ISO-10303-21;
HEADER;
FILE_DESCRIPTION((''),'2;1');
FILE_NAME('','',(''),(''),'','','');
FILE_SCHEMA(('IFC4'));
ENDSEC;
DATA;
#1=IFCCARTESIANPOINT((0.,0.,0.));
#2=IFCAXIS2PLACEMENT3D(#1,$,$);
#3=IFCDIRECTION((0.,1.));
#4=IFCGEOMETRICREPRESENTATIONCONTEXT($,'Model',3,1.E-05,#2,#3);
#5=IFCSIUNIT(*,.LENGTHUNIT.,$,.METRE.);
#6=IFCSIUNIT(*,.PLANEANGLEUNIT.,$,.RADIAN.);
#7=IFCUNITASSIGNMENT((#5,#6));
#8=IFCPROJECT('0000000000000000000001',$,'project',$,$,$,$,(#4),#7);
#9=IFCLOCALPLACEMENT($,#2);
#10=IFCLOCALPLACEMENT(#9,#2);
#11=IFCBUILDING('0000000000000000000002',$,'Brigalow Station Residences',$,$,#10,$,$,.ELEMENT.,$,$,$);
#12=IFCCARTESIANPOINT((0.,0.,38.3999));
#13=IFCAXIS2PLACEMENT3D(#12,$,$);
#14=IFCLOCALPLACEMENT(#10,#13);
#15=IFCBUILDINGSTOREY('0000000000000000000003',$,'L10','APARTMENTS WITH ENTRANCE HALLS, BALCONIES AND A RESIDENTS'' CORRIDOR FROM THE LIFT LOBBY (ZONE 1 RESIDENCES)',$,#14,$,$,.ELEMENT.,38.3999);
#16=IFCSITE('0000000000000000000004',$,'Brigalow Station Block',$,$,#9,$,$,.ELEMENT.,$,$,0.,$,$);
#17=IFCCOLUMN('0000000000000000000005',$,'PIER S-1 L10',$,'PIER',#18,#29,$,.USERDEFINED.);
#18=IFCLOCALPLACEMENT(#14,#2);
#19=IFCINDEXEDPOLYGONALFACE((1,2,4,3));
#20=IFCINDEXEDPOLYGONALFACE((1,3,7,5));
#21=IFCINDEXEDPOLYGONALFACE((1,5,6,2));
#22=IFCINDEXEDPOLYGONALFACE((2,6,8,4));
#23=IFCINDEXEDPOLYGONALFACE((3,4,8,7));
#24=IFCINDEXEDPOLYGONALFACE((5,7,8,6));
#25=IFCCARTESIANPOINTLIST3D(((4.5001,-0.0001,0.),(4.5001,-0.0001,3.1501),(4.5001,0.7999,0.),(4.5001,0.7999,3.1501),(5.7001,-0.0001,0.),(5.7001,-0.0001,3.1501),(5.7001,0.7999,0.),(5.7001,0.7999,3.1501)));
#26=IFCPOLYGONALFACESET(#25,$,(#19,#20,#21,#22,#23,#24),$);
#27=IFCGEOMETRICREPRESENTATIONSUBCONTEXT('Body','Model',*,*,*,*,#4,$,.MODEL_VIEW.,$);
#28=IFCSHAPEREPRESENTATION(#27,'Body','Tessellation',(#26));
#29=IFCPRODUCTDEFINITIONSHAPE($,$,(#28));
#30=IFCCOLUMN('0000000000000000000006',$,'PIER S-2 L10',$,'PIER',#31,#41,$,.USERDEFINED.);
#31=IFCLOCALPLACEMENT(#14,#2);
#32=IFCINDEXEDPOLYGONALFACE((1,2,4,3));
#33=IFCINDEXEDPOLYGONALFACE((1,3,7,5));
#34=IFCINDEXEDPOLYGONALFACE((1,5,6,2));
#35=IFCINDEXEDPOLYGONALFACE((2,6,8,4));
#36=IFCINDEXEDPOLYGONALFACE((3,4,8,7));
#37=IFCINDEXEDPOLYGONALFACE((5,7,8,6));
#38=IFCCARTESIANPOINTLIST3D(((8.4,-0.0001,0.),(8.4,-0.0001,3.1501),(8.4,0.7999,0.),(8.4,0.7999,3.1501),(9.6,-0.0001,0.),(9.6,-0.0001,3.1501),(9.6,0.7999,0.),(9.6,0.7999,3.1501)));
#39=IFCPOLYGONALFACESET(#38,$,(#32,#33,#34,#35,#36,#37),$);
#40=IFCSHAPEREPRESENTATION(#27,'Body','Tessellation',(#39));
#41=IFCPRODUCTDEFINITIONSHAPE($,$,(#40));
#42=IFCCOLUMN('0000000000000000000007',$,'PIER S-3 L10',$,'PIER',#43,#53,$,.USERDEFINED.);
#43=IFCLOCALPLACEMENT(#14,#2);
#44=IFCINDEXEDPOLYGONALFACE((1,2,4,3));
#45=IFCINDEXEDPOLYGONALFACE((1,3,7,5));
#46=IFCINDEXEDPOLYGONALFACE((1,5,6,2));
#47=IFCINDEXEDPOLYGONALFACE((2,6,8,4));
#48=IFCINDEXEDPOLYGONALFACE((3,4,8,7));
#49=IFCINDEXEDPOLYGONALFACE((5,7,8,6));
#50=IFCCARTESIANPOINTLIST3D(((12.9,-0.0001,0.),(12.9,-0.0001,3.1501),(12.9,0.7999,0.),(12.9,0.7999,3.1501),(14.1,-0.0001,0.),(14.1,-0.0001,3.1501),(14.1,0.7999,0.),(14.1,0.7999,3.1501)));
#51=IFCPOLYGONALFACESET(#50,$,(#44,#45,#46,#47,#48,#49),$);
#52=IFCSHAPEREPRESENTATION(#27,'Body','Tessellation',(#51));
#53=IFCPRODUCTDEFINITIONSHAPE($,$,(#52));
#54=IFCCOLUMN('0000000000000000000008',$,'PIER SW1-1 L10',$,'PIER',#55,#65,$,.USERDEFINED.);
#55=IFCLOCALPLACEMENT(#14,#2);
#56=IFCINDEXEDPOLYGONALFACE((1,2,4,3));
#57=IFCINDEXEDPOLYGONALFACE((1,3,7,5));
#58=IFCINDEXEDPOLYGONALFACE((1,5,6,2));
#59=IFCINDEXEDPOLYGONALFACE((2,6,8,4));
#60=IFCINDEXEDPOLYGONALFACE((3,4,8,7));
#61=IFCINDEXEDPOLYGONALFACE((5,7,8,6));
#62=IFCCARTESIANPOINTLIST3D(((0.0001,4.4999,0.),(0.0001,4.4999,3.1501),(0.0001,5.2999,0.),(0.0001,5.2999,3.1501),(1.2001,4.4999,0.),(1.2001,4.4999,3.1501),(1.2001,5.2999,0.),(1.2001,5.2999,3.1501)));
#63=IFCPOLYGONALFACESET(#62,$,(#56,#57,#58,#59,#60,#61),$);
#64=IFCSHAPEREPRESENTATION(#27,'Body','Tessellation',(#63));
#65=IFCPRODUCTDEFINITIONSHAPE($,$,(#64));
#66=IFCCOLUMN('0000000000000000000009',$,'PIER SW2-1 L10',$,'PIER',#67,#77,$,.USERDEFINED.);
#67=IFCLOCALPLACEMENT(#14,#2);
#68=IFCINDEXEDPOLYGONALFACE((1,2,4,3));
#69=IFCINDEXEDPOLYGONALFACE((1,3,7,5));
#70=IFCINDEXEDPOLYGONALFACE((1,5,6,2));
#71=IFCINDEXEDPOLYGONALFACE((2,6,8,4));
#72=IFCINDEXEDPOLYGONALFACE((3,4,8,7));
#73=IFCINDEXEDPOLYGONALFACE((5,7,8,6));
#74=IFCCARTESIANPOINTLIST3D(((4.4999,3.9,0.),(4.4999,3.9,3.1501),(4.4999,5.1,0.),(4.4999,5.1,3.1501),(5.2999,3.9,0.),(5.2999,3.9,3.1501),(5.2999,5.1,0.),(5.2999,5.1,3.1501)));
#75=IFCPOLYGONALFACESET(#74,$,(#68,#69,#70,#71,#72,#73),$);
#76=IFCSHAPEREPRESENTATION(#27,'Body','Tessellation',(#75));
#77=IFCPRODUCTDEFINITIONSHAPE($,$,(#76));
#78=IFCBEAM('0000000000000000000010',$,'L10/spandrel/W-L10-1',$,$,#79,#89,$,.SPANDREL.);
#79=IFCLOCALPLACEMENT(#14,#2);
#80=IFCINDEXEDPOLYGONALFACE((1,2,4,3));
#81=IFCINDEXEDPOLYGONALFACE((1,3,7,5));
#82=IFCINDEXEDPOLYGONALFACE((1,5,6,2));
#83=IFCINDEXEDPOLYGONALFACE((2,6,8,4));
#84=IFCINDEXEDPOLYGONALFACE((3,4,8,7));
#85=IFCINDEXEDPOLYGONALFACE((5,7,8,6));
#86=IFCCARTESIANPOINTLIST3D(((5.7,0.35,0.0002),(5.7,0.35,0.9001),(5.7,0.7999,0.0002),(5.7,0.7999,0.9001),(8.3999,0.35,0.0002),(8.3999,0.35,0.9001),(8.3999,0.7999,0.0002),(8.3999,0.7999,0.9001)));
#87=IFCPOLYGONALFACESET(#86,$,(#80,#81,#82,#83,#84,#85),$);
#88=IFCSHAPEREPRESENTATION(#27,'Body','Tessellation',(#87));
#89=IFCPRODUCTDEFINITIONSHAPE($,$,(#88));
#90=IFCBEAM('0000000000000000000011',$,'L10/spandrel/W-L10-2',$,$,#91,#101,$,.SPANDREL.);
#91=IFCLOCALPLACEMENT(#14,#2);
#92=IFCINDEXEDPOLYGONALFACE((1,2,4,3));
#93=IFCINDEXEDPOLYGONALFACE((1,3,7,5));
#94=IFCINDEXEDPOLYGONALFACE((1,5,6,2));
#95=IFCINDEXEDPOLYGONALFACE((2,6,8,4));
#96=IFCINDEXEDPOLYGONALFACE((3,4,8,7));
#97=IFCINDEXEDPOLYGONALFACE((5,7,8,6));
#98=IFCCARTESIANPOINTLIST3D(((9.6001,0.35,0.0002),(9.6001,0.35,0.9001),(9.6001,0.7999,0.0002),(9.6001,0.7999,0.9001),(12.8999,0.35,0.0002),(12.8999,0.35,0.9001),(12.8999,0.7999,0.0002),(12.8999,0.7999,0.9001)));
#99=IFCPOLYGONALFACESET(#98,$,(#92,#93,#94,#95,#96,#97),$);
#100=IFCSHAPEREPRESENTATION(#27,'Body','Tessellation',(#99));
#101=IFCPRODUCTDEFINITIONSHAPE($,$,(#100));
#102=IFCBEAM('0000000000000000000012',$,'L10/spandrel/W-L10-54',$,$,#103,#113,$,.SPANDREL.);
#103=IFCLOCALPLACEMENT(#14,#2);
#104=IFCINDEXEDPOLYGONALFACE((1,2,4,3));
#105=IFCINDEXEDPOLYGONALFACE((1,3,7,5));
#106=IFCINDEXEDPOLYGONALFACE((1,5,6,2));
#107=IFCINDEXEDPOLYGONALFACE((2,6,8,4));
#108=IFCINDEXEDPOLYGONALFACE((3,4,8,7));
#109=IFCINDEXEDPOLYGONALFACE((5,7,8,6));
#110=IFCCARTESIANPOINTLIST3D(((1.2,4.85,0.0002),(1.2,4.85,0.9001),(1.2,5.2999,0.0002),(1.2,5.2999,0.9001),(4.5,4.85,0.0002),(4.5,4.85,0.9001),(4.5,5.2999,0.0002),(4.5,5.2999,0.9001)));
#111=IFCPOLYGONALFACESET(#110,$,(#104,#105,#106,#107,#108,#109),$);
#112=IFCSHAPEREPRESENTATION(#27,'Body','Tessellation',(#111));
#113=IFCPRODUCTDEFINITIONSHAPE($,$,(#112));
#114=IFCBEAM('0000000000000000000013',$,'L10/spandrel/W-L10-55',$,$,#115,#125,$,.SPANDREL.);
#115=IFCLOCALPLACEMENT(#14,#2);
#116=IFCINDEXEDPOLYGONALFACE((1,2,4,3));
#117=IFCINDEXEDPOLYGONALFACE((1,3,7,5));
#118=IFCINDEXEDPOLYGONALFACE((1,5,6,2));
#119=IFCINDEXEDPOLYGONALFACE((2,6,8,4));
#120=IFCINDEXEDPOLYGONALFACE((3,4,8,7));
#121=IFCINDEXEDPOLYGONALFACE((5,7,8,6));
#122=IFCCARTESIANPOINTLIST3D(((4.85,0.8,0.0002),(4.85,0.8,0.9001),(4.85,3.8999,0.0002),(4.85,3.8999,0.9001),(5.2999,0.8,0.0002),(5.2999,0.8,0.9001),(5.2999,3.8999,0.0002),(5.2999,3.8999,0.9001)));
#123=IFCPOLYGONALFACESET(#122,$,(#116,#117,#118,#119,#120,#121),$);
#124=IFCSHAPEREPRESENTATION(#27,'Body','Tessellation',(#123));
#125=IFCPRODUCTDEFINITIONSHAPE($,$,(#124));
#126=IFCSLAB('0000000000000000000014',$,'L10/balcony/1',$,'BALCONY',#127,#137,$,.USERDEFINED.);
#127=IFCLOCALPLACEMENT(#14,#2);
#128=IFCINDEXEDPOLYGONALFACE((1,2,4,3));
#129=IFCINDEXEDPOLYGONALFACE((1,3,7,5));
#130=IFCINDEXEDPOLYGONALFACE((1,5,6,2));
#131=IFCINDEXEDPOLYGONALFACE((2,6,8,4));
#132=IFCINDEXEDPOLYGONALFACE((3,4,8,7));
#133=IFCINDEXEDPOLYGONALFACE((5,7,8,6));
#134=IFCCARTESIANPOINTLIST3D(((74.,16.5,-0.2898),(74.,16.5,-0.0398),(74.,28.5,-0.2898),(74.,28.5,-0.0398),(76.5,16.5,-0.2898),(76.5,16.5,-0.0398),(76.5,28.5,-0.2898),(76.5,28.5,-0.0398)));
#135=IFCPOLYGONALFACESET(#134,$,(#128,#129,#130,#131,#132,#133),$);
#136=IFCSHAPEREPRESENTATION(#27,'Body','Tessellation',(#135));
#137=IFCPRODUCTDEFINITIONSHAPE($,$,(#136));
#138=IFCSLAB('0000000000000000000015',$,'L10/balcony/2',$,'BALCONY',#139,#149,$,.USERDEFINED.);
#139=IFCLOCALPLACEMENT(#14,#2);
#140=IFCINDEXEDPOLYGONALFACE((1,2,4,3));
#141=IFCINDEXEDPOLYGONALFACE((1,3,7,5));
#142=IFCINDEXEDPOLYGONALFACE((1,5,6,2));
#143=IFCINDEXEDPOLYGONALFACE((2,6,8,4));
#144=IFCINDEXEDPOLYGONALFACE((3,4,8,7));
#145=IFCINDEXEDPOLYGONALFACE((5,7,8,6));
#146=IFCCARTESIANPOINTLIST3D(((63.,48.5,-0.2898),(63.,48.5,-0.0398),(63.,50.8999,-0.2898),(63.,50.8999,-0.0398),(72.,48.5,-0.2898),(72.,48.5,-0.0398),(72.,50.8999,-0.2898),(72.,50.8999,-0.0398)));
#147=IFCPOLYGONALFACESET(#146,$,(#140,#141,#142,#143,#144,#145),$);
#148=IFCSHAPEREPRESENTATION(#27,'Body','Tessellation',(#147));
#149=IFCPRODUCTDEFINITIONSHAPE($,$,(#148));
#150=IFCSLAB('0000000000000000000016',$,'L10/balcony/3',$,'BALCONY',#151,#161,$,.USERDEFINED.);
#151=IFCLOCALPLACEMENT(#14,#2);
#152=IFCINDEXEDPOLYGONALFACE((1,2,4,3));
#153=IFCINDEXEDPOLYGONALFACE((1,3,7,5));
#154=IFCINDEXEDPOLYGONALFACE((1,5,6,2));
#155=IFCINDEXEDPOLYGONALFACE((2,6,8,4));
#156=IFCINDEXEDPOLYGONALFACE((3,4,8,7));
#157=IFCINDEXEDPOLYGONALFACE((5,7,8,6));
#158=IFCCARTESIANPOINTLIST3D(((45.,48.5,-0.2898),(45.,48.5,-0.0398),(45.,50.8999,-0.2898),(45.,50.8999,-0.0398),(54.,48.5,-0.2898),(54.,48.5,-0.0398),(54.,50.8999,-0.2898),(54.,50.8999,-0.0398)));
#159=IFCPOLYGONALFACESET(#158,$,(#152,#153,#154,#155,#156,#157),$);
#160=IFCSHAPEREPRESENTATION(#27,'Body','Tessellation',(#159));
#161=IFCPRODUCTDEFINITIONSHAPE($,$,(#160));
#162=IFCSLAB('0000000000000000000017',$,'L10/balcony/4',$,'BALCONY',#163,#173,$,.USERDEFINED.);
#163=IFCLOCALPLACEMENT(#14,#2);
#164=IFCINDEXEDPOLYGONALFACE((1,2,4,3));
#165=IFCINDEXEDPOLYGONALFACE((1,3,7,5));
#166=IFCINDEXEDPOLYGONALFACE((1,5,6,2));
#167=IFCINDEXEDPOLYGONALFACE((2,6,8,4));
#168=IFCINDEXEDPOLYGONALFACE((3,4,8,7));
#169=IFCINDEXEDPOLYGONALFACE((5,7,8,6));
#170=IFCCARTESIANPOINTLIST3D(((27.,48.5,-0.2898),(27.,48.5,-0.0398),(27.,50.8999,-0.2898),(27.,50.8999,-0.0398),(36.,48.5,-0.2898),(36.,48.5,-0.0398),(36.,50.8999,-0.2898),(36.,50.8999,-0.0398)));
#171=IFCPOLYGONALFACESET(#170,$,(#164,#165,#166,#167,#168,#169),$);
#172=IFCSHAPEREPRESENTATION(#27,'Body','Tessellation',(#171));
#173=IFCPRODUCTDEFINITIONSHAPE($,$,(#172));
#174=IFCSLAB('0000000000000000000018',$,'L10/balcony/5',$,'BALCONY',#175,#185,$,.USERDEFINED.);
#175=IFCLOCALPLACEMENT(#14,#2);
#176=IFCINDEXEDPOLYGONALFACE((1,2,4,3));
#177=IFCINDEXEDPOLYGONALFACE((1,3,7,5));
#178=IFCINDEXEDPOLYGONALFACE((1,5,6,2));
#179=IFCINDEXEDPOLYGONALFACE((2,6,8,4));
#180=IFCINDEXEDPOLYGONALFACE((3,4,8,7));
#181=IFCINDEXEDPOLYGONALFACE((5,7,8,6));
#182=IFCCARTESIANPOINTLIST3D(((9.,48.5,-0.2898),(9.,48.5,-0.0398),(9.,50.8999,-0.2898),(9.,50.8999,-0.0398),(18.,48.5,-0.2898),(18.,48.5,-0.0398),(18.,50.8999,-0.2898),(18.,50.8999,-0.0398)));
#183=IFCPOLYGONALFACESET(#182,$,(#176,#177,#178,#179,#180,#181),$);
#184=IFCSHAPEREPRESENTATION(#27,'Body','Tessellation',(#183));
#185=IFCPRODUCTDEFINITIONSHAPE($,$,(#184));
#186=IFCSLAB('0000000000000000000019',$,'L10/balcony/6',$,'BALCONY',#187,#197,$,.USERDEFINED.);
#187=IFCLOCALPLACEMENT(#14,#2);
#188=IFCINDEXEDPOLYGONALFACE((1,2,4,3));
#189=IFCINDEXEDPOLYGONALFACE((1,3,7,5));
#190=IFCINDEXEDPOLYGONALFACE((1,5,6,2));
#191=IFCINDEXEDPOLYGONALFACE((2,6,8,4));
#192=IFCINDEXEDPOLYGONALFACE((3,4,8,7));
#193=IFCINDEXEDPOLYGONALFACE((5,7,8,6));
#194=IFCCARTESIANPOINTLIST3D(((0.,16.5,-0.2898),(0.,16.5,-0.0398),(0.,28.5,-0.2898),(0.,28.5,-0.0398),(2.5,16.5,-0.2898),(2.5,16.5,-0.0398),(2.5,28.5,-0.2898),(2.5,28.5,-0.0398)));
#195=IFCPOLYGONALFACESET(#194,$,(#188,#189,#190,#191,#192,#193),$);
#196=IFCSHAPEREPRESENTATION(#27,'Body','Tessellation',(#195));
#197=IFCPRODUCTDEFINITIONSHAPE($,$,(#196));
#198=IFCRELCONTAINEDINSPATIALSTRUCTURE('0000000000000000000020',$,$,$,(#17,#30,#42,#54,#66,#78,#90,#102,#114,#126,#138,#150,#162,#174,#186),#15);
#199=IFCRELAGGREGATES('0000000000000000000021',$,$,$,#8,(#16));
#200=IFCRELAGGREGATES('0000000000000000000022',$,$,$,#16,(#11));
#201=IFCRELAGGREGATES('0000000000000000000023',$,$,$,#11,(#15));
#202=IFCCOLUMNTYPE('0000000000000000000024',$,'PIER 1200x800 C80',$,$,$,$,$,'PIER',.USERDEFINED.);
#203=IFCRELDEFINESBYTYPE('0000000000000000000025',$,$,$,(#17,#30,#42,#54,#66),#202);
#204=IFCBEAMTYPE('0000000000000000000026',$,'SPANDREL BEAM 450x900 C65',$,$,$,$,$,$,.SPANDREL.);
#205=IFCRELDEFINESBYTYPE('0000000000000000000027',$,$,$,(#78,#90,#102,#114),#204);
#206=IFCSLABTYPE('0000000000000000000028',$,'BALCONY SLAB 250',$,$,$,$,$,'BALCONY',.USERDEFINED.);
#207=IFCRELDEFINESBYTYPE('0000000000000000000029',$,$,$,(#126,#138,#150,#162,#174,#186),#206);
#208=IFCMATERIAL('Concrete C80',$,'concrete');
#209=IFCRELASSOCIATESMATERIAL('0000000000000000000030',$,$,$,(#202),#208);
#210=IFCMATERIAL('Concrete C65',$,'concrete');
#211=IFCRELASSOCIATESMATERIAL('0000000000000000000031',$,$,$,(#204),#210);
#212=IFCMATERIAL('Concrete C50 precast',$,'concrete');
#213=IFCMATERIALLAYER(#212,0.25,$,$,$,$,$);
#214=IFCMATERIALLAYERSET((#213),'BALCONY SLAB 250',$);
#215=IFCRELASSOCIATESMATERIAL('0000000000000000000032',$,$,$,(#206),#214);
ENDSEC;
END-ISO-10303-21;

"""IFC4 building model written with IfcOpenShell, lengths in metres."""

from ifc_helpers import new_model, si_unit, direction, frame, origin, origin_2d, place, context, subcontext, project, spatial, polyline, rectangle, outline, extrude, material, layer, layer_set, material_profile, profile_set, type_object, element, save


model = new_model("IFC4")

# Units and contexts
model_context = context("Model", 3, precision=1e-05, world=origin(), true_north=direction((0.0, 1.0)))
body_context = subcontext(model_context, "Body", "Model", "MODEL_VIEW")
ifc_project = project(units=[si_unit("LENGTHUNIT", "METRE"), si_unit("PLANEANGLEUNIT", "RADIAN")], contexts=[model_context])

# Site, building, storey
site_placement = place(None, origin())
site = spatial("IfcSite", under=ifc_project, at=site_placement, Name="Brigalow Station Block", CompositionType="ELEMENT", RefElevation=0.0)
building_placement = place(site_placement, origin())
building = spatial("IfcBuilding", under=site, at=building_placement, Name="Brigalow Station Residences", CompositionType="ELEMENT")
storey_placement = place(building_placement, frame((0.0, 0.0, 38.3999)))
storey = spatial("IfcBuildingStorey", under=building, at=storey_placement, Name="L10", Description="APARTMENTS WITH ENTRANCE HALLS, BALCONIES AND A RESIDENTS' CORRIDOR FROM THE LIFT LOBBY (ZONE 1 RESIDENCES)", CompositionType="ELEMENT", Elevation=38.3999)

# Columns
ifc_material_1 = material(Name="Concrete C80", Category="concrete")
ifc_material_profile_1 = material_profile(ifc_material_1, rectangle(XDim=1.2, YDim=0.8, at=origin_2d()), Name="RC1200x800")
ifc_profile_set_1 = profile_set([ifc_material_profile_1], Name="Concrete C80")
column_type = type_object("IfcColumnType", Name="PIER 1200x800 C80", ElementType="PIER", PredefinedType="USERDEFINED", material=ifc_profile_set_1)
for number, where, z_axis, x_axis, name in (
    (1, (5.1001, 0.3999, 0.0), (0.0, 0.0, 1.0), (1.0, 0.0, 0.0), "PIER S-1 L10"),
    (2, (9.0, 0.3999, 0.0), (0.0, 0.0, 1.0), (1.0, 0.0, 0.0), "PIER S-2 L10"),
    (3, (13.5, 0.3999, 0.0), (0.0, 0.0, 1.0), (1.0, 0.0, 0.0), "PIER S-3 L10"),
    (4, (0.6001, 4.8999, 0.0), (0.0, 0.0, 1.0), (1.0, 0.0, 0.0), "PIER SW1-1 L10"),
    (5, (4.8999, 4.5, 0.0), (0.0, 0.0, 1.0), (0.0, -1.0, 0.0), "PIER SW2-1 L10"),
):
    element("IfcColumn", number, at=place(storey_placement, frame(where, z_axis=z_axis, x_axis=x_axis)), inside=storey, type_object=column_type, Name=name, ObjectType="PIER", PredefinedType="USERDEFINED", context=body_context, shape_type="SweptSolid", body=[
        extrude(rectangle(XDim=1.2, YDim=0.8, at=origin_2d()), origin(), (0.0, 0.0, 1.0), 3.1501),
    ])

# Beams
ifc_material_2 = material(Name="Concrete C65", Category="concrete")
ifc_material_profile_2 = material_profile(ifc_material_2, rectangle(XDim=0.45, YDim=0.8999, at=origin_2d()), Name="RC450x900")
ifc_profile_set_2 = profile_set([ifc_material_profile_2], Name="Concrete C65")
beam_type = type_object("IfcBeamType", Name="SPANDREL BEAM 450x900 C65", PredefinedType="SPANDREL", material=ifc_profile_set_2)
beam_1_placement = place(storey_placement, frame((5.7, 0.575, 0.4502), z_axis=(1.0, 0.0, 0.0), x_axis=(0.0, 1.0, 0.0)))
element("IfcBeam", 6, at=beam_1_placement, inside=storey, type_object=beam_type, Name="L10/spandrel/W-L10-1", PredefinedType="SPANDREL", context=body_context, shape_type="SweptSolid", body=[
    extrude(rectangle(XDim=0.45, YDim=0.8999, at=origin_2d()), origin(), (0.0, 0.0, 1.0), 2.7),
])
beam_2_placement = place(storey_placement, frame((9.6001, 0.575, 0.4502), z_axis=(1.0, 0.0, 0.0), x_axis=(0.0, 1.0, 0.0)))
element("IfcBeam", 7, at=beam_2_placement, inside=storey, type_object=beam_type, Name="L10/spandrel/W-L10-2", PredefinedType="SPANDREL", context=body_context, shape_type="SweptSolid", body=[
    extrude(rectangle(XDim=0.45, YDim=0.8999, at=origin_2d()), origin(), (0.0, 0.0, 1.0), 3.2998),
])
beam_3_placement = place(storey_placement, frame((1.2, 5.075, 0.4502), z_axis=(1.0, 0.0, 0.0), x_axis=(0.0, 1.0, 0.0)))
element("IfcBeam", 8, at=beam_3_placement, inside=storey, type_object=beam_type, Name="L10/spandrel/W-L10-54", PredefinedType="SPANDREL", context=body_context, shape_type="SweptSolid", body=[
    extrude(rectangle(XDim=0.45, YDim=0.8999, at=origin_2d()), origin(), (0.0, 0.0, 1.0), 3.3),
])
beam_4_placement = place(storey_placement, frame((5.075, 3.8999, 0.4502), z_axis=(0.0, -1.0, 0.0), x_axis=(1.0, 0.0, 0.0)))
element("IfcBeam", 9, at=beam_4_placement, inside=storey, type_object=beam_type, Name="L10/spandrel/W-L10-55", PredefinedType="SPANDREL", context=body_context, shape_type="SweptSolid", body=[
    extrude(rectangle(XDim=0.45, YDim=0.8999, at=origin_2d()), origin(), (0.0, 0.0, 1.0), 3.0999),
])

# Slabs
ifc_material_3 = material(Name="Concrete C50 precast", Category="concrete")
ifc_layer_1 = layer(ifc_material_3, 0.25)
ifc_layer_set_1 = layer_set([ifc_layer_1], Name="BALCONY SLAB 250")
slab_type_1 = type_object("IfcSlabType", Name="BALCONY SLAB 250", ElementType="BALCONY", PredefinedType="USERDEFINED", material=ifc_layer_set_1)
slab_1_placement = place(storey_placement, frame((0.0, 0.0, -0.2898)))
element("IfcSlab", 10, at=slab_1_placement, inside=storey, type_object=slab_type_1, Name="L10/balcony/1", ObjectType="BALCONY", PredefinedType="USERDEFINED", context=body_context, shape_type="SweptSolid", body=[
    extrude(outline(polyline([(74.0, 16.5), (76.5, 16.5), (76.5, 28.5), (74.0, 28.5), (74.0, 16.5)])), origin(), (0.0, 0.0, 1.0), 0.25),
])
slab_2_placement = place(storey_placement, frame((0.0, 0.0, -0.2898)))
element("IfcSlab", 11, at=slab_2_placement, inside=storey, type_object=slab_type_1, Name="L10/balcony/2", ObjectType="BALCONY", PredefinedType="USERDEFINED", context=body_context, shape_type="SweptSolid", body=[
    extrude(outline(polyline([(72.0, 48.5), (72.0, 50.8999), (63.0, 50.8999), (63.0, 48.5), (72.0, 48.5)])), origin(), (0.0, 0.0, 1.0), 0.25),
])
slab_3_placement = place(storey_placement, frame((0.0, 0.0, -0.2898)))
element("IfcSlab", 12, at=slab_3_placement, inside=storey, type_object=slab_type_1, Name="L10/balcony/3", ObjectType="BALCONY", PredefinedType="USERDEFINED", context=body_context, shape_type="SweptSolid", body=[
    extrude(outline(polyline([(54.0, 48.5), (54.0, 50.8999), (45.0, 50.8999), (45.0, 48.5), (54.0, 48.5)])), origin(), (0.0, 0.0, 1.0), 0.25),
])
slab_4_placement = place(storey_placement, frame((0.0, 0.0, -0.2898)))
element("IfcSlab", 13, at=slab_4_placement, inside=storey, type_object=slab_type_1, Name="L10/balcony/4", ObjectType="BALCONY", PredefinedType="USERDEFINED", context=body_context, shape_type="SweptSolid", body=[
    extrude(outline(polyline([(36.0, 48.5), (36.0, 50.8999), (27.0, 50.8999), (27.0, 48.5), (36.0, 48.5)])), origin(), (0.0, 0.0, 1.0), 0.25),
])
slab_5_placement = place(storey_placement, frame((0.0, 0.0, -0.2898)))
element("IfcSlab", 14, at=slab_5_placement, inside=storey, type_object=slab_type_1, Name="L10/balcony/5", ObjectType="BALCONY", PredefinedType="USERDEFINED", context=body_context, shape_type="SweptSolid", body=[
    extrude(outline(polyline([(18.0, 48.5), (18.0, 50.8999), (9.0, 50.8999), (9.0, 48.5), (18.0, 48.5)])), origin(), (0.0, 0.0, 1.0), 0.25),
])
slab_6_placement = place(storey_placement, frame((0.0, 0.0, -0.2898)))
element("IfcSlab", 15, at=slab_6_placement, inside=storey, type_object=slab_type_1, Name="L10/balcony/6", ObjectType="BALCONY", PredefinedType="USERDEFINED", context=body_context, shape_type="SweptSolid", body=[
    extrude(outline(polyline([(2.5, 28.5), (0.0, 28.5), (0.0, 16.5), (2.5, 16.5), (2.5, 28.5)])), origin(), (0.0, 0.0, 1.0), 0.25),
])

save(model, "model.ifc")
